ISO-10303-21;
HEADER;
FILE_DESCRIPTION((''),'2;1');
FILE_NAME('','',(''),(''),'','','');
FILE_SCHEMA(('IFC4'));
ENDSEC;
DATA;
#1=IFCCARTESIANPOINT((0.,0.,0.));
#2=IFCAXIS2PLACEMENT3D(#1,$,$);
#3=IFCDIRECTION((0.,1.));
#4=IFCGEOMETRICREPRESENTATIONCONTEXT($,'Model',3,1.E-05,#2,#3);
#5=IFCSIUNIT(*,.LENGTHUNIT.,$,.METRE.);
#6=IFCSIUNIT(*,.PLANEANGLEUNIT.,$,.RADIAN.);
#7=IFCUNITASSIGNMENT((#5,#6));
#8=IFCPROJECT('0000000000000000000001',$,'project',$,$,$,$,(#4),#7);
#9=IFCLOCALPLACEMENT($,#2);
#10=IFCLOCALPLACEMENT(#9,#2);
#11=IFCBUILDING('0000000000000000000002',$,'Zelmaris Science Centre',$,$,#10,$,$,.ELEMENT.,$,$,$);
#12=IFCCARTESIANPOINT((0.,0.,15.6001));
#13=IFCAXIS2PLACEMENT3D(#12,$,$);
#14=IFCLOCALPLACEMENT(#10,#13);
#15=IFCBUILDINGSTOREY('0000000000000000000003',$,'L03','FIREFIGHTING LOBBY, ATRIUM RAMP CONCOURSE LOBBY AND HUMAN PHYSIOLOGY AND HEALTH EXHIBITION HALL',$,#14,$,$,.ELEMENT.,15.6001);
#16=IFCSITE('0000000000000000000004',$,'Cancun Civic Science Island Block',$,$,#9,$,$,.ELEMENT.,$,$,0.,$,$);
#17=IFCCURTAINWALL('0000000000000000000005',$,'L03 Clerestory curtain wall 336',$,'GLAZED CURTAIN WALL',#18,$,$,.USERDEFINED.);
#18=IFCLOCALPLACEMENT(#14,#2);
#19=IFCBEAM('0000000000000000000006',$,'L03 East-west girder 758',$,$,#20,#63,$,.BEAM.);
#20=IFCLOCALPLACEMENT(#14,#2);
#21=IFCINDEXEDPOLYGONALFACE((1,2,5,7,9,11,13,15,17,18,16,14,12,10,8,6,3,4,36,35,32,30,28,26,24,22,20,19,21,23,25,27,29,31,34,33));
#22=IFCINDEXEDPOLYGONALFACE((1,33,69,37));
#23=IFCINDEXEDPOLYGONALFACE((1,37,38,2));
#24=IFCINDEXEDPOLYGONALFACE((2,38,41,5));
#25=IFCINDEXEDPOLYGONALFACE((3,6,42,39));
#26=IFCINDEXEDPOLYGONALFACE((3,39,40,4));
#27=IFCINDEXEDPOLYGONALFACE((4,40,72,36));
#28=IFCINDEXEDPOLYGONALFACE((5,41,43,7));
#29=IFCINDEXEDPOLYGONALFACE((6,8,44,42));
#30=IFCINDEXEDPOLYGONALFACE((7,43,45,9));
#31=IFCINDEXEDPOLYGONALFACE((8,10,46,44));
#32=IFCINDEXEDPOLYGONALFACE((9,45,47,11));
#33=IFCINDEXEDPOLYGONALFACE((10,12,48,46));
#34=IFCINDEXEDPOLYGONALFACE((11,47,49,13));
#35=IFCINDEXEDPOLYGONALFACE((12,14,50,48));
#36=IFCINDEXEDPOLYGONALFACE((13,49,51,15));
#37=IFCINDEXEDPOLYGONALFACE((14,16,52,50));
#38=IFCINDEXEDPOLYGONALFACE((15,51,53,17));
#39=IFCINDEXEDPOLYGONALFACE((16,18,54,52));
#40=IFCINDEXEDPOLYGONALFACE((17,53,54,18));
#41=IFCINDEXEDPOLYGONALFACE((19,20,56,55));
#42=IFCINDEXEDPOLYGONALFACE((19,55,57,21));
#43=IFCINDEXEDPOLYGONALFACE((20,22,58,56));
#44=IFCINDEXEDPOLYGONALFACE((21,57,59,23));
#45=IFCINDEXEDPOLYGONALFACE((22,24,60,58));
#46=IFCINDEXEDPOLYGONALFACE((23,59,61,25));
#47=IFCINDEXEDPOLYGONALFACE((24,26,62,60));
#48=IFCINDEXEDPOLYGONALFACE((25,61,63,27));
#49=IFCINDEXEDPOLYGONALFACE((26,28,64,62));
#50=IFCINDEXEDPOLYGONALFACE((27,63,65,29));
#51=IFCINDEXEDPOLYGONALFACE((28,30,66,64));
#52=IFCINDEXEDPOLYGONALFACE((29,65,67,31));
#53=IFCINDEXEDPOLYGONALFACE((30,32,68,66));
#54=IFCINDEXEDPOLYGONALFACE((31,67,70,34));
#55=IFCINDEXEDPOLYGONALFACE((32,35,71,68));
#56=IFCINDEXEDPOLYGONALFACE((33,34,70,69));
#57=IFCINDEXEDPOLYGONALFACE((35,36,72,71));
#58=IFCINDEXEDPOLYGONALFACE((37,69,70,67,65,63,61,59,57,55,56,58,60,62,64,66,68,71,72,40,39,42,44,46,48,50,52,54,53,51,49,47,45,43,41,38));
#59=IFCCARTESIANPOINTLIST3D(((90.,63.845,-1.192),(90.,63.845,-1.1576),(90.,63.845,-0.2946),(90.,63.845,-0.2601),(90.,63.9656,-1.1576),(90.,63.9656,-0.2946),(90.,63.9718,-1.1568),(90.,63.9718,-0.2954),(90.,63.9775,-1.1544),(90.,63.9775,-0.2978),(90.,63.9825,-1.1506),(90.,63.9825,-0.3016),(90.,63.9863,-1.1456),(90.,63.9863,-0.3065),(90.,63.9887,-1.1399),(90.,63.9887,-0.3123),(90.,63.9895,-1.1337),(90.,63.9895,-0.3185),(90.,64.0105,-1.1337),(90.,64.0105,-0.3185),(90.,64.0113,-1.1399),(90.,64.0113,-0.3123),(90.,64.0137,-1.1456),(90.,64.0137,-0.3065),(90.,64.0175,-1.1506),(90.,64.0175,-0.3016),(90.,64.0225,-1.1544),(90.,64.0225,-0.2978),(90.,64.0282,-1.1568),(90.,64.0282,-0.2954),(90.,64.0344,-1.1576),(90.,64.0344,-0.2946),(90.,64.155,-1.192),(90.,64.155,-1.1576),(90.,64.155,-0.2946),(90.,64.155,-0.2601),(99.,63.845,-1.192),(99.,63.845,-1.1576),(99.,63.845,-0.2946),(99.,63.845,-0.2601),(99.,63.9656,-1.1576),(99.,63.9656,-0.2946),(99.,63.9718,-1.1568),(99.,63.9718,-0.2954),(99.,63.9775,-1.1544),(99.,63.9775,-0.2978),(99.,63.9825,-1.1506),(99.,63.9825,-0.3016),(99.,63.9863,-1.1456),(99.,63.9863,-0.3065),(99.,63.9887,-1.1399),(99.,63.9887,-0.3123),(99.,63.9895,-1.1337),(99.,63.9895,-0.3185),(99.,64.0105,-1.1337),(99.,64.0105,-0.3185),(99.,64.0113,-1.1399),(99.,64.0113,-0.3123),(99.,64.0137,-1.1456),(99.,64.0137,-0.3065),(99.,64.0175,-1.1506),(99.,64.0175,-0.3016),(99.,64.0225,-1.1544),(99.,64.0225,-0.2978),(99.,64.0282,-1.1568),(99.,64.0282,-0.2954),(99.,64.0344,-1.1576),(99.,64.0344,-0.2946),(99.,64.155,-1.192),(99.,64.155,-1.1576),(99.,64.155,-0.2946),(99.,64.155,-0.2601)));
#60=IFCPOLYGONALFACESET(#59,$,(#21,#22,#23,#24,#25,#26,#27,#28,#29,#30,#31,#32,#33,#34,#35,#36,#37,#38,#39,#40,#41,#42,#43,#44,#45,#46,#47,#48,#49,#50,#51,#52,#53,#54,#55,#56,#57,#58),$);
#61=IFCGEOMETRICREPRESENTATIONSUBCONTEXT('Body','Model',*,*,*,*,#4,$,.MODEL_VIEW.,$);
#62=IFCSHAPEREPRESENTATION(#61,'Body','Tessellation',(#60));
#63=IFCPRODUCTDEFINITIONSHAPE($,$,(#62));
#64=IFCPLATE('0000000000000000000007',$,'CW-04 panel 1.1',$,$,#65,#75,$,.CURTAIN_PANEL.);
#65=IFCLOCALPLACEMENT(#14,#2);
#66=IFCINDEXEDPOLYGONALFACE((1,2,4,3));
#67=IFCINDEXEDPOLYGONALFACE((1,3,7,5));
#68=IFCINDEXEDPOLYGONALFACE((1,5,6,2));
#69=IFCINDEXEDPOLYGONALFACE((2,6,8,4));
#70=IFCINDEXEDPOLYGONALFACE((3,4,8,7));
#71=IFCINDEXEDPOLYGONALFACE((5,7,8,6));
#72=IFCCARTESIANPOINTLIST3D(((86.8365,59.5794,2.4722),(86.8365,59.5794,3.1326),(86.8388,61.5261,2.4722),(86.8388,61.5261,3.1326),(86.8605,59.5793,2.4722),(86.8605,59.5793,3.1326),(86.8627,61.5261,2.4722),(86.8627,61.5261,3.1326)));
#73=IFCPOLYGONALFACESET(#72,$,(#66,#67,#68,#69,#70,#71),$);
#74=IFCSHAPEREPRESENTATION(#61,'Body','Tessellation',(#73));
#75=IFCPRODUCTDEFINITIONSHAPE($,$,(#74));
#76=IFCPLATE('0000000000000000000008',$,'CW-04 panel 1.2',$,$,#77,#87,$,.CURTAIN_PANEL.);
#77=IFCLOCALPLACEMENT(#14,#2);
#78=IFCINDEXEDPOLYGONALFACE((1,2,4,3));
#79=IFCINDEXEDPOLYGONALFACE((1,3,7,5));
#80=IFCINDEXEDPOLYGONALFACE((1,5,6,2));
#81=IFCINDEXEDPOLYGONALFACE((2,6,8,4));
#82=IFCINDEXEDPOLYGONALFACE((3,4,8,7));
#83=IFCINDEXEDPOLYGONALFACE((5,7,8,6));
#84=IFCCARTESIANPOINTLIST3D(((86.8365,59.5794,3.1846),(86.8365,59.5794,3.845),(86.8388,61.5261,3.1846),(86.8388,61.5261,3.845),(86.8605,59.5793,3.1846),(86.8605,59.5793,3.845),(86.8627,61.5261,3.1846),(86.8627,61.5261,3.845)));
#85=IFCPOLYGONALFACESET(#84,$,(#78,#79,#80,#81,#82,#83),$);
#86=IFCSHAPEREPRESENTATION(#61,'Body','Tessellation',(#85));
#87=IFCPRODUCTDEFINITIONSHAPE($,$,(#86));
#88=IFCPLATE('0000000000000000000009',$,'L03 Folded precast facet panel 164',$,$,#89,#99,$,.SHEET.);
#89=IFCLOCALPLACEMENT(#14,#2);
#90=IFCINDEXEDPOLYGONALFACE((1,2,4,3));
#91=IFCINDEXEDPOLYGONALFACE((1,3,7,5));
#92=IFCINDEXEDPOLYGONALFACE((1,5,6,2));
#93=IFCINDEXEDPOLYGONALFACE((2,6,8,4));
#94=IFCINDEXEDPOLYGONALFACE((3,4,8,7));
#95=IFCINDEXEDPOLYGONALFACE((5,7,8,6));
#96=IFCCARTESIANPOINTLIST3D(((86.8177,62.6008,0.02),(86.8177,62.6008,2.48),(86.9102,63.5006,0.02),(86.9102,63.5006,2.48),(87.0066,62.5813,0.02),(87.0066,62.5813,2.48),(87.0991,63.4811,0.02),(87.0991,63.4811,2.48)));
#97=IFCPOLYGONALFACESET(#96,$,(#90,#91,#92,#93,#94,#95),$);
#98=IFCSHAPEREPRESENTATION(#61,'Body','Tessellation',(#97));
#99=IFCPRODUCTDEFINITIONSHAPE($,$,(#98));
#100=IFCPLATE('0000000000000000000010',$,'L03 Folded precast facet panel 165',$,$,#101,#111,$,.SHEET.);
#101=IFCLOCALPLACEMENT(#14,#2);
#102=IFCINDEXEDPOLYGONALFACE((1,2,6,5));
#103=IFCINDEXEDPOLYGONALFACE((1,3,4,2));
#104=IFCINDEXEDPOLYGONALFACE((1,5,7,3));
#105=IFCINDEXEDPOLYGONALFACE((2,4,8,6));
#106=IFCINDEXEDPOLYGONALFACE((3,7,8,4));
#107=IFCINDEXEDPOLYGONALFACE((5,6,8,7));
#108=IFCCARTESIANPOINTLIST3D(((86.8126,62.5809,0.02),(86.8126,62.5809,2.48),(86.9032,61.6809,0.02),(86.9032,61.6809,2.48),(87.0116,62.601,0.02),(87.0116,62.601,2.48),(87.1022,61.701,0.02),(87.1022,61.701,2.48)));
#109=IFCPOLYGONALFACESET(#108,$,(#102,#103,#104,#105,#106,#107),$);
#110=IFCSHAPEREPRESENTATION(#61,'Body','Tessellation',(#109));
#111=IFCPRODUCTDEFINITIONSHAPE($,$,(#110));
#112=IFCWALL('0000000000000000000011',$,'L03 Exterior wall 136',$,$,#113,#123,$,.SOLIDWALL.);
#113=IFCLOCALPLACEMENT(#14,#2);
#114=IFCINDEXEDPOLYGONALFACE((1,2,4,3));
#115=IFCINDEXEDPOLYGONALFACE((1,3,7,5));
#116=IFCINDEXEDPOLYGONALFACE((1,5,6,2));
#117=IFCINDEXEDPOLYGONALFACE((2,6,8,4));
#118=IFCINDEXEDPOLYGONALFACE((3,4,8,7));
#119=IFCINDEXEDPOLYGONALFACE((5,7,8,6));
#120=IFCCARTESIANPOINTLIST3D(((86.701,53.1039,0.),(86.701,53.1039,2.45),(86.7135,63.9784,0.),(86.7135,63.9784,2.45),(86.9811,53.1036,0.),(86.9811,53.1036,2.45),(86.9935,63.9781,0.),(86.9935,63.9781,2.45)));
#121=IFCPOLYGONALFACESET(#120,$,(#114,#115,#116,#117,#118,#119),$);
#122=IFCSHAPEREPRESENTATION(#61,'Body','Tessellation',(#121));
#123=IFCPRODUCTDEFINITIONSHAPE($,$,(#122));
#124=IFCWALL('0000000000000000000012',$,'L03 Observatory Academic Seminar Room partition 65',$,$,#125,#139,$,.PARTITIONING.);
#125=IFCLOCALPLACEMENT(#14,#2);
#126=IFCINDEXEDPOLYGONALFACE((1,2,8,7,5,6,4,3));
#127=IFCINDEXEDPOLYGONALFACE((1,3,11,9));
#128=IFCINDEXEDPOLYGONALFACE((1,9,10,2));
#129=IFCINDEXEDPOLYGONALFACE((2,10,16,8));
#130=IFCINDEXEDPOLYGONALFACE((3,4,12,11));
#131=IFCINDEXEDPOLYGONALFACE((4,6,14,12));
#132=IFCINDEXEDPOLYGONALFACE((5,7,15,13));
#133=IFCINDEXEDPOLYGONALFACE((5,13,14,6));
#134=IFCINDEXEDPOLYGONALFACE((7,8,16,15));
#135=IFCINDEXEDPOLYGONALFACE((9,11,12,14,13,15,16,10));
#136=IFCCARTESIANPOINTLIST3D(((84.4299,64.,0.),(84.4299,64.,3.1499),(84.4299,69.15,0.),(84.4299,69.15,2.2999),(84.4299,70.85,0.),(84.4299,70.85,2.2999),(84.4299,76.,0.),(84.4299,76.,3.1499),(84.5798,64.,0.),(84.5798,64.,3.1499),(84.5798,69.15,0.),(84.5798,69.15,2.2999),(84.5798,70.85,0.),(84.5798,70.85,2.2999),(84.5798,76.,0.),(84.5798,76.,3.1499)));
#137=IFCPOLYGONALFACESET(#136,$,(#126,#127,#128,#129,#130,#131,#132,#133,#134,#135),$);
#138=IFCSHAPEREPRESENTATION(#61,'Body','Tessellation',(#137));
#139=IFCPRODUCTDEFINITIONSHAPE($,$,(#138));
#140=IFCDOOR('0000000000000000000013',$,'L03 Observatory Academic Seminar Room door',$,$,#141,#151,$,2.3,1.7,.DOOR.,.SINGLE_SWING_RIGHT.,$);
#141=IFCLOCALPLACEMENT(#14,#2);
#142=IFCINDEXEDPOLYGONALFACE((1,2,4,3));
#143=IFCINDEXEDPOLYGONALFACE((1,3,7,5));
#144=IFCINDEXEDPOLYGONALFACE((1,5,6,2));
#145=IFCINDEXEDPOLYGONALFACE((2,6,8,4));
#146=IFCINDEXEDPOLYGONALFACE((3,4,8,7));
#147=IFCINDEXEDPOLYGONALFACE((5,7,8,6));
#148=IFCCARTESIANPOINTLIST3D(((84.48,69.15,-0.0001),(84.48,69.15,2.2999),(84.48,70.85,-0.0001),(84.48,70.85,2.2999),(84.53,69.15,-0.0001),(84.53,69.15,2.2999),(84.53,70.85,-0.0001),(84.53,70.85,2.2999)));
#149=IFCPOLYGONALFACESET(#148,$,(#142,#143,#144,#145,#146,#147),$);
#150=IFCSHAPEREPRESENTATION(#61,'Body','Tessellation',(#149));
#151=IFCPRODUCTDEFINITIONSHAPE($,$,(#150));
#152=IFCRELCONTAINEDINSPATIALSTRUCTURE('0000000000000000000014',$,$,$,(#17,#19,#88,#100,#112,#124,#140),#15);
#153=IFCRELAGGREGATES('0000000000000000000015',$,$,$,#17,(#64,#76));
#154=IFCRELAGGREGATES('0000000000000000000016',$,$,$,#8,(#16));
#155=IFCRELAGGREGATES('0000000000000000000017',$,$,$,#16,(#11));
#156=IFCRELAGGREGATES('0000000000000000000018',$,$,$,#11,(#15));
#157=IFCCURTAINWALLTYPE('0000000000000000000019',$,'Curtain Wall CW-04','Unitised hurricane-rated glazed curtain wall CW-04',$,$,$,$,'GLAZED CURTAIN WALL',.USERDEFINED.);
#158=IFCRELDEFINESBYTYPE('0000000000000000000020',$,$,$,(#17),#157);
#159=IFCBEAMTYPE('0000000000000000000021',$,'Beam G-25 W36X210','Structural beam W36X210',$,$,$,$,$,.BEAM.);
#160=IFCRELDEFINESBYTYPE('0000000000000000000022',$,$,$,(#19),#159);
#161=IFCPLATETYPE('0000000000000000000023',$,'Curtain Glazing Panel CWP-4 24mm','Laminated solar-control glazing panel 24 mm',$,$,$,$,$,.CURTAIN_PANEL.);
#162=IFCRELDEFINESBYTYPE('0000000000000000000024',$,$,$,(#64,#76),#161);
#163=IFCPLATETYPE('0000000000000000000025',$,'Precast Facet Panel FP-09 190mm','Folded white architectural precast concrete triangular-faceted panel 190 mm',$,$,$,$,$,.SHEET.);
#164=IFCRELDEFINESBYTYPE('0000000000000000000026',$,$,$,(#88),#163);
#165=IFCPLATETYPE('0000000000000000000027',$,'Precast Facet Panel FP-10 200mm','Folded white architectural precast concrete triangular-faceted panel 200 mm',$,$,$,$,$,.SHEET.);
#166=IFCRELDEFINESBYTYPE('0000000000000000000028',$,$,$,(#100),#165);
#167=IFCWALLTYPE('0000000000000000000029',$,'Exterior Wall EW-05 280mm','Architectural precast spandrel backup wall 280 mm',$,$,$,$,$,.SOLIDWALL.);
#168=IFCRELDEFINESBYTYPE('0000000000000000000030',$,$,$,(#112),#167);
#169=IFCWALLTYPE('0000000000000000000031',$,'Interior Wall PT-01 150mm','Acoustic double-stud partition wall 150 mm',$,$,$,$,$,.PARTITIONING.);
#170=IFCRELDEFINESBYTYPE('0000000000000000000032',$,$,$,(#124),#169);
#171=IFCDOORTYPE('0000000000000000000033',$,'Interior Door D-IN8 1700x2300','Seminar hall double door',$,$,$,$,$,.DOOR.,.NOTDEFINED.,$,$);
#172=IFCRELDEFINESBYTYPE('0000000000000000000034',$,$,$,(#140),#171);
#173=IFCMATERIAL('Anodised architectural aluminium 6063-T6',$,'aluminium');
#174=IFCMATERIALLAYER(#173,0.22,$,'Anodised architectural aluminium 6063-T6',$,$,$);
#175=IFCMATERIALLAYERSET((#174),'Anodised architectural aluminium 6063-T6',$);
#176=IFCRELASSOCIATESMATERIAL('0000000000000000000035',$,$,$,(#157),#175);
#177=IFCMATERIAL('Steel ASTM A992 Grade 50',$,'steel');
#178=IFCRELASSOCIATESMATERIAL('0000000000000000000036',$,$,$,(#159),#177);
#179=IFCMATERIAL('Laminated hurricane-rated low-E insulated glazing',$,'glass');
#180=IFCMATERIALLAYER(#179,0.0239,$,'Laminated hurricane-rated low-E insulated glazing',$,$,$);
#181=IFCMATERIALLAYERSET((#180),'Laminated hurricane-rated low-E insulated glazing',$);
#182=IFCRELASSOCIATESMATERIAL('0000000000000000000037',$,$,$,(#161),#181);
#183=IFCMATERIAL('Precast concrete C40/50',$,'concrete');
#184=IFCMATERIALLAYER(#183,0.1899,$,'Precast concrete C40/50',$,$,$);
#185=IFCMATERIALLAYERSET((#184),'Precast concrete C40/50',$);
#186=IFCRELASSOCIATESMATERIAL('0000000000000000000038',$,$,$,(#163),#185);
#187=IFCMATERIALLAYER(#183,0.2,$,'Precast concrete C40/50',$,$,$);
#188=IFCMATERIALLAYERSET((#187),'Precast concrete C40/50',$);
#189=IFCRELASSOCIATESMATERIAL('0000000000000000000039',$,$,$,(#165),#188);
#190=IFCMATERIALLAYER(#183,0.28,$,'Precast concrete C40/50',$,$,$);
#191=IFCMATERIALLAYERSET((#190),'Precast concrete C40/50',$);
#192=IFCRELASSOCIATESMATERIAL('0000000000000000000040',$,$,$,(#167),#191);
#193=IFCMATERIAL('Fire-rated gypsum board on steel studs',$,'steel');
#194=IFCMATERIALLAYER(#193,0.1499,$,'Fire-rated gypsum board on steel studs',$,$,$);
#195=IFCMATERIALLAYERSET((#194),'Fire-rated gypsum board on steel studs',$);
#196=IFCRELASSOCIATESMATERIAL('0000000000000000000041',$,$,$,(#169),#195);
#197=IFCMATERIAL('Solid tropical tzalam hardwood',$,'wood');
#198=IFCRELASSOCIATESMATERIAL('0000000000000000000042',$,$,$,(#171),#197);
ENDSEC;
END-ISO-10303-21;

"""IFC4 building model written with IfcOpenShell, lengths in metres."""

from ifc_helpers import new_model, si_unit, direction, frame, frame_2d, origin, origin_2d, place, context, subcontext, project, spatial, rectangle, i_section, extrude, material, layer, layer_set, material_profile, profile_set, type_object, element, fill, aggregate, save


model = new_model("IFC4")

# Units and contexts
model_context = context("Model", 3, precision=1e-05, world=origin(), true_north=direction((0.0, 1.0)))
body_context = subcontext(model_context, "Body", "Model", "MODEL_VIEW")
ifc_project = project(units=[si_unit("LENGTHUNIT", "METRE"), si_unit("PLANEANGLEUNIT", "RADIAN")], contexts=[model_context])

# Site, building, storey
site_placement = place(None, origin())
site = spatial("IfcSite", under=ifc_project, at=site_placement, Name="Cancun Civic Science Island Block", CompositionType="ELEMENT", RefElevation=0.0)
building_placement = place(site_placement, origin())
building = spatial("IfcBuilding", under=site, at=building_placement, Name="Zelmaris Science Centre", CompositionType="ELEMENT")
storey_placement = place(building_placement, frame((0.0, 0.0, 15.6001)))
storey = spatial("IfcBuildingStorey", under=building, at=storey_placement, Name="L03", Description="FIREFIGHTING LOBBY, ATRIUM RAMP CONCOURSE LOBBY AND HUMAN PHYSIOLOGY AND HEALTH EXHIBITION HALL", CompositionType="ELEMENT", Elevation=15.6001)

# Shared definitions
ifc_material_1 = material(Name="Steel ASTM A992 Grade 50", Category="steel")

# Curtain wall
ifc_material_2 = material(Name="Anodised architectural aluminium 6063-T6", Category="aluminium")
ifc_layer_1 = layer(ifc_material_2, 0.22, Name="Anodised architectural aluminium 6063-T6")
ifc_layer_set_1 = layer_set([ifc_layer_1], Name="Anodised architectural aluminium 6063-T6")
curtain_wall_type = type_object("IfcCurtainWallType", Name="Curtain Wall CW-04", Description="Unitised hurricane-rated glazed curtain wall CW-04", ElementType="GLAZED CURTAIN WALL", PredefinedType="USERDEFINED", material=ifc_layer_set_1)
curtain_wall_placement = place(storey_placement, origin())
curtain_wall = element("IfcCurtainWall", 1, at=curtain_wall_placement, inside=storey, type_object=curtain_wall_type, Name="L03 Clerestory curtain wall 336", ObjectType="GLAZED CURTAIN WALL", PredefinedType="USERDEFINED")

# Beam
ifc_material_profile_1 = material_profile(ifc_material_1, i_section(OverallWidth=0.3101, OverallDepth=0.9319, WebThickness=0.021, FlangeThickness=0.0344, FilletRadius=0.0239, at=origin_2d()), Name="W36X210")
ifc_profile_set_1 = profile_set([ifc_material_profile_1], Name="Steel ASTM A992 Grade 50")
beam_type_1 = type_object("IfcBeamType", Name="Beam G-25 W36X210", Description="Structural beam W36X210", PredefinedType="BEAM", material=ifc_profile_set_1)
beam_1_placement = place(storey_placement, frame((90.0, 64.0, -0.7261), z_axis=(1.0, 0.0, 0.0), x_axis=(0.0, 1.0, 0.0)))
element("IfcBeam", 2, at=beam_1_placement, inside=storey, type_object=beam_type_1, Name="L03 East-west girder 758", PredefinedType="BEAM", context=body_context, shape_type="SweptSolid", body=[
    extrude(i_section(OverallWidth=0.3101, OverallDepth=0.9319, WebThickness=0.021, FlangeThickness=0.0344, FilletRadius=0.0239, at=origin_2d()), origin(), (0.0, 0.0, 1.0), 9.0),
])

# Plates
ifc_material_3 = material(Name="Laminated hurricane-rated low-E insulated glazing", Category="glass")
ifc_layer_2 = layer(ifc_material_3, 0.0239, Name="Laminated hurricane-rated low-E insulated glazing")
ifc_layer_set_2 = layer_set([ifc_layer_2], Name="Laminated hurricane-rated low-E insulated glazing")
plate_type_1 = type_object("IfcPlateType", Name="Curtain Glazing Panel CWP-4 24mm", Description="Laminated solar-control glazing panel 24 mm", PredefinedType="CURTAIN_PANEL", material=ifc_layer_set_2)
plate_1_placement = place(storey_placement, frame((86.8496, 60.5527, 2.4722), z_axis=(0.0, 0.0, 1.0), x_axis=(-0.001148, -0.999999, 0.0)))
plate_1 = element("IfcPlate", 3, at=plate_1_placement, type_object=plate_type_1, Name="CW-04 panel 1.1", PredefinedType="CURTAIN_PANEL", context=body_context, shape_type="SweptSolid", body=[
    extrude(rectangle(XDim=1.9468, YDim=0.0239, at=origin_2d()), origin(), (0.0, 0.0, 1.0), 0.6604),
])
plate_2_placement = place(storey_placement, frame((86.8496, 60.5527, 3.1846), z_axis=(0.0, 0.0, 1.0), x_axis=(-0.001148, -0.999999, 0.0)))
plate_2 = element("IfcPlate", 4, at=plate_2_placement, type_object=plate_type_1, Name="CW-04 panel 1.2", PredefinedType="CURTAIN_PANEL", context=body_context, shape_type="SweptSolid", body=[
    extrude(rectangle(XDim=1.9468, YDim=0.0239, at=origin_2d()), origin(), (0.0, 0.0, 1.0), 0.6604),
])
aggregate(curtain_wall, [plate_1, plate_2])

# Plates
ifc_material_4 = material(Name="Precast concrete C40/50", Category="concrete")
ifc_layer_3 = layer(ifc_material_4, 0.1899, Name="Precast concrete C40/50")
ifc_layer_set_3 = layer_set([ifc_layer_3], Name="Precast concrete C40/50")
plate_type_2 = type_object("IfcPlateType", Name="Precast Facet Panel FP-09 190mm", Description="Folded white architectural precast concrete triangular-faceted panel 190 mm", PredefinedType="SHEET", material=ifc_layer_set_3)
plate_3_placement = place(storey_placement, frame((87.0046, 63.4907, 0.02), z_axis=(0.0, 0.0, 1.0), x_axis=(-0.102282, -0.994755, 0.0)))
element("IfcPlate", 5, at=plate_3_placement, inside=storey, type_object=plate_type_2, Name="L03 Folded precast facet panel 164", PredefinedType="SHEET", context=body_context, shape_type="SweptSolid", body=[
    extrude(rectangle(XDim=0.9045, YDim=0.1899, at=frame_2d((0.4521, 0.0))), origin(), (0.0, 0.0, 1.0), 2.46),
])
ifc_layer_4 = layer(ifc_material_4, 0.2, Name="Precast concrete C40/50")
ifc_layer_set_4 = layer_set([ifc_layer_4], Name="Precast concrete C40/50")
plate_type_3 = type_object("IfcPlateType", Name="Precast Facet Panel FP-10 200mm", Description="Folded white architectural precast concrete triangular-faceted panel 200 mm", PredefinedType="SHEET", material=ifc_layer_set_4)
plate_4_placement = place(storey_placement, frame((86.9121, 62.5908, 0.02), z_axis=(0.0, 0.0, 1.0), x_axis=(0.100145, -0.994973, 0.0)))
element("IfcPlate", 6, at=plate_4_placement, inside=storey, type_object=plate_type_3, Name="L03 Folded precast facet panel 165", PredefinedType="SHEET", context=body_context, shape_type="SweptSolid", body=[
    extrude(rectangle(XDim=0.9045, YDim=0.2, at=frame_2d((0.4521, 0.0))), origin(), (0.0, 0.0, 1.0), 2.46),
])

# Wall
ifc_layer_5 = layer(ifc_material_4, 0.28, Name="Precast concrete C40/50")
ifc_layer_set_5 = layer_set([ifc_layer_5], Name="Precast concrete C40/50")
wall_type_1 = type_object("IfcWallType", Name="Exterior Wall EW-05 280mm", Description="Architectural precast spandrel backup wall 280 mm", PredefinedType="SOLIDWALL", material=ifc_layer_set_5)
wall_1_placement = place(storey_placement, frame((86.8535, 63.9783, 0.0), z_axis=(0.0, 0.0, 1.0), x_axis=(-0.001145, -0.999999, 0.0)))
element("IfcWall", 7, at=wall_1_placement, inside=storey, type_object=wall_type_1, Name="L03 Exterior wall 136", PredefinedType="SOLIDWALL", context=body_context, shape_type="SweptSolid", body=[
    extrude(rectangle(XDim=10.8745, YDim=0.28, at=frame_2d((5.4373, 0.0))), origin(), (0.0, 0.0, 1.0), 2.45),
])

# Wall, opening, door
ifc_material_5 = material(Name="Fire-rated gypsum board on steel studs", Category="steel")
ifc_layer_6 = layer(ifc_material_5, 0.1499, Name="Fire-rated gypsum board on steel studs")
ifc_layer_set_6 = layer_set([ifc_layer_6], Name="Fire-rated gypsum board on steel studs")
wall_type_2 = type_object("IfcWallType", Name="Interior Wall PT-01 150mm", Description="Acoustic double-stud partition wall 150 mm", PredefinedType="PARTITIONING", material=ifc_layer_set_6)
wall_2_placement = place(storey_placement, frame((84.5049, 64.0, 0.0), z_axis=(0.0, 0.0, 1.0), x_axis=(0.0, 1.0, 0.0)))
wall_2 = element("IfcWall", 8, at=wall_2_placement, inside=storey, type_object=wall_type_2, Name="L03 Observatory Academic Seminar Room partition 65", PredefinedType="PARTITIONING", context=body_context, shape_type="SweptSolid", body=[
    extrude(rectangle(XDim=12.0, YDim=0.1499, at=frame_2d((6.0, 0.0))), origin(), (0.0, 0.0, 1.0), 3.1499),
])
opening_placement = place(wall_2_placement, frame((5.1499, 0.0, 0.0)))
opening = element("IfcOpeningElement", 9, at=opening_placement, cuts=wall_2, PredefinedType="OPENING", context=body_context, shape_type="SweptSolid", body=[
    extrude(rectangle(XDim=1.7, YDim=2.3, at=frame_2d((0.8501, 1.1499))), frame((0.0, 0.085, 0.0), z_axis=(0.0, -1.0, 0.0), x_axis=(1.0, 0.0, 0.0)), (0.0, 0.0, 1.0), 0.1699),
])
ifc_material_6 = material(Name="Solid tropical tzalam hardwood", Category="wood")
door_type = type_object("IfcDoorType", Name="Interior Door D-IN8 1700x2300", Description="Seminar hall double door", OperationType="NOTDEFINED", PredefinedType="DOOR", material=ifc_material_6)
door_placement = place(opening_placement, origin())
door = element("IfcDoor", 10, at=door_placement, inside=storey, type_object=door_type, Name="L03 Observatory Academic Seminar Room door", OperationType="SINGLE_SWING_RIGHT", OverallHeight=2.3, OverallWidth=1.7, PredefinedType="DOOR", context=body_context, shape_type="SweptSolid", body=[
    extrude(rectangle(XDim=1.7, YDim=2.3, at=frame_2d((0.8501, 1.1499))), frame((0.0, 0.0249, 0.0), z_axis=(0.0, -1.0, 0.0), x_axis=(1.0, 0.0, 0.0)), (0.0, 0.0, 1.0), 0.05),
])
fill(opening, door)

save(model, "model.ifc")
